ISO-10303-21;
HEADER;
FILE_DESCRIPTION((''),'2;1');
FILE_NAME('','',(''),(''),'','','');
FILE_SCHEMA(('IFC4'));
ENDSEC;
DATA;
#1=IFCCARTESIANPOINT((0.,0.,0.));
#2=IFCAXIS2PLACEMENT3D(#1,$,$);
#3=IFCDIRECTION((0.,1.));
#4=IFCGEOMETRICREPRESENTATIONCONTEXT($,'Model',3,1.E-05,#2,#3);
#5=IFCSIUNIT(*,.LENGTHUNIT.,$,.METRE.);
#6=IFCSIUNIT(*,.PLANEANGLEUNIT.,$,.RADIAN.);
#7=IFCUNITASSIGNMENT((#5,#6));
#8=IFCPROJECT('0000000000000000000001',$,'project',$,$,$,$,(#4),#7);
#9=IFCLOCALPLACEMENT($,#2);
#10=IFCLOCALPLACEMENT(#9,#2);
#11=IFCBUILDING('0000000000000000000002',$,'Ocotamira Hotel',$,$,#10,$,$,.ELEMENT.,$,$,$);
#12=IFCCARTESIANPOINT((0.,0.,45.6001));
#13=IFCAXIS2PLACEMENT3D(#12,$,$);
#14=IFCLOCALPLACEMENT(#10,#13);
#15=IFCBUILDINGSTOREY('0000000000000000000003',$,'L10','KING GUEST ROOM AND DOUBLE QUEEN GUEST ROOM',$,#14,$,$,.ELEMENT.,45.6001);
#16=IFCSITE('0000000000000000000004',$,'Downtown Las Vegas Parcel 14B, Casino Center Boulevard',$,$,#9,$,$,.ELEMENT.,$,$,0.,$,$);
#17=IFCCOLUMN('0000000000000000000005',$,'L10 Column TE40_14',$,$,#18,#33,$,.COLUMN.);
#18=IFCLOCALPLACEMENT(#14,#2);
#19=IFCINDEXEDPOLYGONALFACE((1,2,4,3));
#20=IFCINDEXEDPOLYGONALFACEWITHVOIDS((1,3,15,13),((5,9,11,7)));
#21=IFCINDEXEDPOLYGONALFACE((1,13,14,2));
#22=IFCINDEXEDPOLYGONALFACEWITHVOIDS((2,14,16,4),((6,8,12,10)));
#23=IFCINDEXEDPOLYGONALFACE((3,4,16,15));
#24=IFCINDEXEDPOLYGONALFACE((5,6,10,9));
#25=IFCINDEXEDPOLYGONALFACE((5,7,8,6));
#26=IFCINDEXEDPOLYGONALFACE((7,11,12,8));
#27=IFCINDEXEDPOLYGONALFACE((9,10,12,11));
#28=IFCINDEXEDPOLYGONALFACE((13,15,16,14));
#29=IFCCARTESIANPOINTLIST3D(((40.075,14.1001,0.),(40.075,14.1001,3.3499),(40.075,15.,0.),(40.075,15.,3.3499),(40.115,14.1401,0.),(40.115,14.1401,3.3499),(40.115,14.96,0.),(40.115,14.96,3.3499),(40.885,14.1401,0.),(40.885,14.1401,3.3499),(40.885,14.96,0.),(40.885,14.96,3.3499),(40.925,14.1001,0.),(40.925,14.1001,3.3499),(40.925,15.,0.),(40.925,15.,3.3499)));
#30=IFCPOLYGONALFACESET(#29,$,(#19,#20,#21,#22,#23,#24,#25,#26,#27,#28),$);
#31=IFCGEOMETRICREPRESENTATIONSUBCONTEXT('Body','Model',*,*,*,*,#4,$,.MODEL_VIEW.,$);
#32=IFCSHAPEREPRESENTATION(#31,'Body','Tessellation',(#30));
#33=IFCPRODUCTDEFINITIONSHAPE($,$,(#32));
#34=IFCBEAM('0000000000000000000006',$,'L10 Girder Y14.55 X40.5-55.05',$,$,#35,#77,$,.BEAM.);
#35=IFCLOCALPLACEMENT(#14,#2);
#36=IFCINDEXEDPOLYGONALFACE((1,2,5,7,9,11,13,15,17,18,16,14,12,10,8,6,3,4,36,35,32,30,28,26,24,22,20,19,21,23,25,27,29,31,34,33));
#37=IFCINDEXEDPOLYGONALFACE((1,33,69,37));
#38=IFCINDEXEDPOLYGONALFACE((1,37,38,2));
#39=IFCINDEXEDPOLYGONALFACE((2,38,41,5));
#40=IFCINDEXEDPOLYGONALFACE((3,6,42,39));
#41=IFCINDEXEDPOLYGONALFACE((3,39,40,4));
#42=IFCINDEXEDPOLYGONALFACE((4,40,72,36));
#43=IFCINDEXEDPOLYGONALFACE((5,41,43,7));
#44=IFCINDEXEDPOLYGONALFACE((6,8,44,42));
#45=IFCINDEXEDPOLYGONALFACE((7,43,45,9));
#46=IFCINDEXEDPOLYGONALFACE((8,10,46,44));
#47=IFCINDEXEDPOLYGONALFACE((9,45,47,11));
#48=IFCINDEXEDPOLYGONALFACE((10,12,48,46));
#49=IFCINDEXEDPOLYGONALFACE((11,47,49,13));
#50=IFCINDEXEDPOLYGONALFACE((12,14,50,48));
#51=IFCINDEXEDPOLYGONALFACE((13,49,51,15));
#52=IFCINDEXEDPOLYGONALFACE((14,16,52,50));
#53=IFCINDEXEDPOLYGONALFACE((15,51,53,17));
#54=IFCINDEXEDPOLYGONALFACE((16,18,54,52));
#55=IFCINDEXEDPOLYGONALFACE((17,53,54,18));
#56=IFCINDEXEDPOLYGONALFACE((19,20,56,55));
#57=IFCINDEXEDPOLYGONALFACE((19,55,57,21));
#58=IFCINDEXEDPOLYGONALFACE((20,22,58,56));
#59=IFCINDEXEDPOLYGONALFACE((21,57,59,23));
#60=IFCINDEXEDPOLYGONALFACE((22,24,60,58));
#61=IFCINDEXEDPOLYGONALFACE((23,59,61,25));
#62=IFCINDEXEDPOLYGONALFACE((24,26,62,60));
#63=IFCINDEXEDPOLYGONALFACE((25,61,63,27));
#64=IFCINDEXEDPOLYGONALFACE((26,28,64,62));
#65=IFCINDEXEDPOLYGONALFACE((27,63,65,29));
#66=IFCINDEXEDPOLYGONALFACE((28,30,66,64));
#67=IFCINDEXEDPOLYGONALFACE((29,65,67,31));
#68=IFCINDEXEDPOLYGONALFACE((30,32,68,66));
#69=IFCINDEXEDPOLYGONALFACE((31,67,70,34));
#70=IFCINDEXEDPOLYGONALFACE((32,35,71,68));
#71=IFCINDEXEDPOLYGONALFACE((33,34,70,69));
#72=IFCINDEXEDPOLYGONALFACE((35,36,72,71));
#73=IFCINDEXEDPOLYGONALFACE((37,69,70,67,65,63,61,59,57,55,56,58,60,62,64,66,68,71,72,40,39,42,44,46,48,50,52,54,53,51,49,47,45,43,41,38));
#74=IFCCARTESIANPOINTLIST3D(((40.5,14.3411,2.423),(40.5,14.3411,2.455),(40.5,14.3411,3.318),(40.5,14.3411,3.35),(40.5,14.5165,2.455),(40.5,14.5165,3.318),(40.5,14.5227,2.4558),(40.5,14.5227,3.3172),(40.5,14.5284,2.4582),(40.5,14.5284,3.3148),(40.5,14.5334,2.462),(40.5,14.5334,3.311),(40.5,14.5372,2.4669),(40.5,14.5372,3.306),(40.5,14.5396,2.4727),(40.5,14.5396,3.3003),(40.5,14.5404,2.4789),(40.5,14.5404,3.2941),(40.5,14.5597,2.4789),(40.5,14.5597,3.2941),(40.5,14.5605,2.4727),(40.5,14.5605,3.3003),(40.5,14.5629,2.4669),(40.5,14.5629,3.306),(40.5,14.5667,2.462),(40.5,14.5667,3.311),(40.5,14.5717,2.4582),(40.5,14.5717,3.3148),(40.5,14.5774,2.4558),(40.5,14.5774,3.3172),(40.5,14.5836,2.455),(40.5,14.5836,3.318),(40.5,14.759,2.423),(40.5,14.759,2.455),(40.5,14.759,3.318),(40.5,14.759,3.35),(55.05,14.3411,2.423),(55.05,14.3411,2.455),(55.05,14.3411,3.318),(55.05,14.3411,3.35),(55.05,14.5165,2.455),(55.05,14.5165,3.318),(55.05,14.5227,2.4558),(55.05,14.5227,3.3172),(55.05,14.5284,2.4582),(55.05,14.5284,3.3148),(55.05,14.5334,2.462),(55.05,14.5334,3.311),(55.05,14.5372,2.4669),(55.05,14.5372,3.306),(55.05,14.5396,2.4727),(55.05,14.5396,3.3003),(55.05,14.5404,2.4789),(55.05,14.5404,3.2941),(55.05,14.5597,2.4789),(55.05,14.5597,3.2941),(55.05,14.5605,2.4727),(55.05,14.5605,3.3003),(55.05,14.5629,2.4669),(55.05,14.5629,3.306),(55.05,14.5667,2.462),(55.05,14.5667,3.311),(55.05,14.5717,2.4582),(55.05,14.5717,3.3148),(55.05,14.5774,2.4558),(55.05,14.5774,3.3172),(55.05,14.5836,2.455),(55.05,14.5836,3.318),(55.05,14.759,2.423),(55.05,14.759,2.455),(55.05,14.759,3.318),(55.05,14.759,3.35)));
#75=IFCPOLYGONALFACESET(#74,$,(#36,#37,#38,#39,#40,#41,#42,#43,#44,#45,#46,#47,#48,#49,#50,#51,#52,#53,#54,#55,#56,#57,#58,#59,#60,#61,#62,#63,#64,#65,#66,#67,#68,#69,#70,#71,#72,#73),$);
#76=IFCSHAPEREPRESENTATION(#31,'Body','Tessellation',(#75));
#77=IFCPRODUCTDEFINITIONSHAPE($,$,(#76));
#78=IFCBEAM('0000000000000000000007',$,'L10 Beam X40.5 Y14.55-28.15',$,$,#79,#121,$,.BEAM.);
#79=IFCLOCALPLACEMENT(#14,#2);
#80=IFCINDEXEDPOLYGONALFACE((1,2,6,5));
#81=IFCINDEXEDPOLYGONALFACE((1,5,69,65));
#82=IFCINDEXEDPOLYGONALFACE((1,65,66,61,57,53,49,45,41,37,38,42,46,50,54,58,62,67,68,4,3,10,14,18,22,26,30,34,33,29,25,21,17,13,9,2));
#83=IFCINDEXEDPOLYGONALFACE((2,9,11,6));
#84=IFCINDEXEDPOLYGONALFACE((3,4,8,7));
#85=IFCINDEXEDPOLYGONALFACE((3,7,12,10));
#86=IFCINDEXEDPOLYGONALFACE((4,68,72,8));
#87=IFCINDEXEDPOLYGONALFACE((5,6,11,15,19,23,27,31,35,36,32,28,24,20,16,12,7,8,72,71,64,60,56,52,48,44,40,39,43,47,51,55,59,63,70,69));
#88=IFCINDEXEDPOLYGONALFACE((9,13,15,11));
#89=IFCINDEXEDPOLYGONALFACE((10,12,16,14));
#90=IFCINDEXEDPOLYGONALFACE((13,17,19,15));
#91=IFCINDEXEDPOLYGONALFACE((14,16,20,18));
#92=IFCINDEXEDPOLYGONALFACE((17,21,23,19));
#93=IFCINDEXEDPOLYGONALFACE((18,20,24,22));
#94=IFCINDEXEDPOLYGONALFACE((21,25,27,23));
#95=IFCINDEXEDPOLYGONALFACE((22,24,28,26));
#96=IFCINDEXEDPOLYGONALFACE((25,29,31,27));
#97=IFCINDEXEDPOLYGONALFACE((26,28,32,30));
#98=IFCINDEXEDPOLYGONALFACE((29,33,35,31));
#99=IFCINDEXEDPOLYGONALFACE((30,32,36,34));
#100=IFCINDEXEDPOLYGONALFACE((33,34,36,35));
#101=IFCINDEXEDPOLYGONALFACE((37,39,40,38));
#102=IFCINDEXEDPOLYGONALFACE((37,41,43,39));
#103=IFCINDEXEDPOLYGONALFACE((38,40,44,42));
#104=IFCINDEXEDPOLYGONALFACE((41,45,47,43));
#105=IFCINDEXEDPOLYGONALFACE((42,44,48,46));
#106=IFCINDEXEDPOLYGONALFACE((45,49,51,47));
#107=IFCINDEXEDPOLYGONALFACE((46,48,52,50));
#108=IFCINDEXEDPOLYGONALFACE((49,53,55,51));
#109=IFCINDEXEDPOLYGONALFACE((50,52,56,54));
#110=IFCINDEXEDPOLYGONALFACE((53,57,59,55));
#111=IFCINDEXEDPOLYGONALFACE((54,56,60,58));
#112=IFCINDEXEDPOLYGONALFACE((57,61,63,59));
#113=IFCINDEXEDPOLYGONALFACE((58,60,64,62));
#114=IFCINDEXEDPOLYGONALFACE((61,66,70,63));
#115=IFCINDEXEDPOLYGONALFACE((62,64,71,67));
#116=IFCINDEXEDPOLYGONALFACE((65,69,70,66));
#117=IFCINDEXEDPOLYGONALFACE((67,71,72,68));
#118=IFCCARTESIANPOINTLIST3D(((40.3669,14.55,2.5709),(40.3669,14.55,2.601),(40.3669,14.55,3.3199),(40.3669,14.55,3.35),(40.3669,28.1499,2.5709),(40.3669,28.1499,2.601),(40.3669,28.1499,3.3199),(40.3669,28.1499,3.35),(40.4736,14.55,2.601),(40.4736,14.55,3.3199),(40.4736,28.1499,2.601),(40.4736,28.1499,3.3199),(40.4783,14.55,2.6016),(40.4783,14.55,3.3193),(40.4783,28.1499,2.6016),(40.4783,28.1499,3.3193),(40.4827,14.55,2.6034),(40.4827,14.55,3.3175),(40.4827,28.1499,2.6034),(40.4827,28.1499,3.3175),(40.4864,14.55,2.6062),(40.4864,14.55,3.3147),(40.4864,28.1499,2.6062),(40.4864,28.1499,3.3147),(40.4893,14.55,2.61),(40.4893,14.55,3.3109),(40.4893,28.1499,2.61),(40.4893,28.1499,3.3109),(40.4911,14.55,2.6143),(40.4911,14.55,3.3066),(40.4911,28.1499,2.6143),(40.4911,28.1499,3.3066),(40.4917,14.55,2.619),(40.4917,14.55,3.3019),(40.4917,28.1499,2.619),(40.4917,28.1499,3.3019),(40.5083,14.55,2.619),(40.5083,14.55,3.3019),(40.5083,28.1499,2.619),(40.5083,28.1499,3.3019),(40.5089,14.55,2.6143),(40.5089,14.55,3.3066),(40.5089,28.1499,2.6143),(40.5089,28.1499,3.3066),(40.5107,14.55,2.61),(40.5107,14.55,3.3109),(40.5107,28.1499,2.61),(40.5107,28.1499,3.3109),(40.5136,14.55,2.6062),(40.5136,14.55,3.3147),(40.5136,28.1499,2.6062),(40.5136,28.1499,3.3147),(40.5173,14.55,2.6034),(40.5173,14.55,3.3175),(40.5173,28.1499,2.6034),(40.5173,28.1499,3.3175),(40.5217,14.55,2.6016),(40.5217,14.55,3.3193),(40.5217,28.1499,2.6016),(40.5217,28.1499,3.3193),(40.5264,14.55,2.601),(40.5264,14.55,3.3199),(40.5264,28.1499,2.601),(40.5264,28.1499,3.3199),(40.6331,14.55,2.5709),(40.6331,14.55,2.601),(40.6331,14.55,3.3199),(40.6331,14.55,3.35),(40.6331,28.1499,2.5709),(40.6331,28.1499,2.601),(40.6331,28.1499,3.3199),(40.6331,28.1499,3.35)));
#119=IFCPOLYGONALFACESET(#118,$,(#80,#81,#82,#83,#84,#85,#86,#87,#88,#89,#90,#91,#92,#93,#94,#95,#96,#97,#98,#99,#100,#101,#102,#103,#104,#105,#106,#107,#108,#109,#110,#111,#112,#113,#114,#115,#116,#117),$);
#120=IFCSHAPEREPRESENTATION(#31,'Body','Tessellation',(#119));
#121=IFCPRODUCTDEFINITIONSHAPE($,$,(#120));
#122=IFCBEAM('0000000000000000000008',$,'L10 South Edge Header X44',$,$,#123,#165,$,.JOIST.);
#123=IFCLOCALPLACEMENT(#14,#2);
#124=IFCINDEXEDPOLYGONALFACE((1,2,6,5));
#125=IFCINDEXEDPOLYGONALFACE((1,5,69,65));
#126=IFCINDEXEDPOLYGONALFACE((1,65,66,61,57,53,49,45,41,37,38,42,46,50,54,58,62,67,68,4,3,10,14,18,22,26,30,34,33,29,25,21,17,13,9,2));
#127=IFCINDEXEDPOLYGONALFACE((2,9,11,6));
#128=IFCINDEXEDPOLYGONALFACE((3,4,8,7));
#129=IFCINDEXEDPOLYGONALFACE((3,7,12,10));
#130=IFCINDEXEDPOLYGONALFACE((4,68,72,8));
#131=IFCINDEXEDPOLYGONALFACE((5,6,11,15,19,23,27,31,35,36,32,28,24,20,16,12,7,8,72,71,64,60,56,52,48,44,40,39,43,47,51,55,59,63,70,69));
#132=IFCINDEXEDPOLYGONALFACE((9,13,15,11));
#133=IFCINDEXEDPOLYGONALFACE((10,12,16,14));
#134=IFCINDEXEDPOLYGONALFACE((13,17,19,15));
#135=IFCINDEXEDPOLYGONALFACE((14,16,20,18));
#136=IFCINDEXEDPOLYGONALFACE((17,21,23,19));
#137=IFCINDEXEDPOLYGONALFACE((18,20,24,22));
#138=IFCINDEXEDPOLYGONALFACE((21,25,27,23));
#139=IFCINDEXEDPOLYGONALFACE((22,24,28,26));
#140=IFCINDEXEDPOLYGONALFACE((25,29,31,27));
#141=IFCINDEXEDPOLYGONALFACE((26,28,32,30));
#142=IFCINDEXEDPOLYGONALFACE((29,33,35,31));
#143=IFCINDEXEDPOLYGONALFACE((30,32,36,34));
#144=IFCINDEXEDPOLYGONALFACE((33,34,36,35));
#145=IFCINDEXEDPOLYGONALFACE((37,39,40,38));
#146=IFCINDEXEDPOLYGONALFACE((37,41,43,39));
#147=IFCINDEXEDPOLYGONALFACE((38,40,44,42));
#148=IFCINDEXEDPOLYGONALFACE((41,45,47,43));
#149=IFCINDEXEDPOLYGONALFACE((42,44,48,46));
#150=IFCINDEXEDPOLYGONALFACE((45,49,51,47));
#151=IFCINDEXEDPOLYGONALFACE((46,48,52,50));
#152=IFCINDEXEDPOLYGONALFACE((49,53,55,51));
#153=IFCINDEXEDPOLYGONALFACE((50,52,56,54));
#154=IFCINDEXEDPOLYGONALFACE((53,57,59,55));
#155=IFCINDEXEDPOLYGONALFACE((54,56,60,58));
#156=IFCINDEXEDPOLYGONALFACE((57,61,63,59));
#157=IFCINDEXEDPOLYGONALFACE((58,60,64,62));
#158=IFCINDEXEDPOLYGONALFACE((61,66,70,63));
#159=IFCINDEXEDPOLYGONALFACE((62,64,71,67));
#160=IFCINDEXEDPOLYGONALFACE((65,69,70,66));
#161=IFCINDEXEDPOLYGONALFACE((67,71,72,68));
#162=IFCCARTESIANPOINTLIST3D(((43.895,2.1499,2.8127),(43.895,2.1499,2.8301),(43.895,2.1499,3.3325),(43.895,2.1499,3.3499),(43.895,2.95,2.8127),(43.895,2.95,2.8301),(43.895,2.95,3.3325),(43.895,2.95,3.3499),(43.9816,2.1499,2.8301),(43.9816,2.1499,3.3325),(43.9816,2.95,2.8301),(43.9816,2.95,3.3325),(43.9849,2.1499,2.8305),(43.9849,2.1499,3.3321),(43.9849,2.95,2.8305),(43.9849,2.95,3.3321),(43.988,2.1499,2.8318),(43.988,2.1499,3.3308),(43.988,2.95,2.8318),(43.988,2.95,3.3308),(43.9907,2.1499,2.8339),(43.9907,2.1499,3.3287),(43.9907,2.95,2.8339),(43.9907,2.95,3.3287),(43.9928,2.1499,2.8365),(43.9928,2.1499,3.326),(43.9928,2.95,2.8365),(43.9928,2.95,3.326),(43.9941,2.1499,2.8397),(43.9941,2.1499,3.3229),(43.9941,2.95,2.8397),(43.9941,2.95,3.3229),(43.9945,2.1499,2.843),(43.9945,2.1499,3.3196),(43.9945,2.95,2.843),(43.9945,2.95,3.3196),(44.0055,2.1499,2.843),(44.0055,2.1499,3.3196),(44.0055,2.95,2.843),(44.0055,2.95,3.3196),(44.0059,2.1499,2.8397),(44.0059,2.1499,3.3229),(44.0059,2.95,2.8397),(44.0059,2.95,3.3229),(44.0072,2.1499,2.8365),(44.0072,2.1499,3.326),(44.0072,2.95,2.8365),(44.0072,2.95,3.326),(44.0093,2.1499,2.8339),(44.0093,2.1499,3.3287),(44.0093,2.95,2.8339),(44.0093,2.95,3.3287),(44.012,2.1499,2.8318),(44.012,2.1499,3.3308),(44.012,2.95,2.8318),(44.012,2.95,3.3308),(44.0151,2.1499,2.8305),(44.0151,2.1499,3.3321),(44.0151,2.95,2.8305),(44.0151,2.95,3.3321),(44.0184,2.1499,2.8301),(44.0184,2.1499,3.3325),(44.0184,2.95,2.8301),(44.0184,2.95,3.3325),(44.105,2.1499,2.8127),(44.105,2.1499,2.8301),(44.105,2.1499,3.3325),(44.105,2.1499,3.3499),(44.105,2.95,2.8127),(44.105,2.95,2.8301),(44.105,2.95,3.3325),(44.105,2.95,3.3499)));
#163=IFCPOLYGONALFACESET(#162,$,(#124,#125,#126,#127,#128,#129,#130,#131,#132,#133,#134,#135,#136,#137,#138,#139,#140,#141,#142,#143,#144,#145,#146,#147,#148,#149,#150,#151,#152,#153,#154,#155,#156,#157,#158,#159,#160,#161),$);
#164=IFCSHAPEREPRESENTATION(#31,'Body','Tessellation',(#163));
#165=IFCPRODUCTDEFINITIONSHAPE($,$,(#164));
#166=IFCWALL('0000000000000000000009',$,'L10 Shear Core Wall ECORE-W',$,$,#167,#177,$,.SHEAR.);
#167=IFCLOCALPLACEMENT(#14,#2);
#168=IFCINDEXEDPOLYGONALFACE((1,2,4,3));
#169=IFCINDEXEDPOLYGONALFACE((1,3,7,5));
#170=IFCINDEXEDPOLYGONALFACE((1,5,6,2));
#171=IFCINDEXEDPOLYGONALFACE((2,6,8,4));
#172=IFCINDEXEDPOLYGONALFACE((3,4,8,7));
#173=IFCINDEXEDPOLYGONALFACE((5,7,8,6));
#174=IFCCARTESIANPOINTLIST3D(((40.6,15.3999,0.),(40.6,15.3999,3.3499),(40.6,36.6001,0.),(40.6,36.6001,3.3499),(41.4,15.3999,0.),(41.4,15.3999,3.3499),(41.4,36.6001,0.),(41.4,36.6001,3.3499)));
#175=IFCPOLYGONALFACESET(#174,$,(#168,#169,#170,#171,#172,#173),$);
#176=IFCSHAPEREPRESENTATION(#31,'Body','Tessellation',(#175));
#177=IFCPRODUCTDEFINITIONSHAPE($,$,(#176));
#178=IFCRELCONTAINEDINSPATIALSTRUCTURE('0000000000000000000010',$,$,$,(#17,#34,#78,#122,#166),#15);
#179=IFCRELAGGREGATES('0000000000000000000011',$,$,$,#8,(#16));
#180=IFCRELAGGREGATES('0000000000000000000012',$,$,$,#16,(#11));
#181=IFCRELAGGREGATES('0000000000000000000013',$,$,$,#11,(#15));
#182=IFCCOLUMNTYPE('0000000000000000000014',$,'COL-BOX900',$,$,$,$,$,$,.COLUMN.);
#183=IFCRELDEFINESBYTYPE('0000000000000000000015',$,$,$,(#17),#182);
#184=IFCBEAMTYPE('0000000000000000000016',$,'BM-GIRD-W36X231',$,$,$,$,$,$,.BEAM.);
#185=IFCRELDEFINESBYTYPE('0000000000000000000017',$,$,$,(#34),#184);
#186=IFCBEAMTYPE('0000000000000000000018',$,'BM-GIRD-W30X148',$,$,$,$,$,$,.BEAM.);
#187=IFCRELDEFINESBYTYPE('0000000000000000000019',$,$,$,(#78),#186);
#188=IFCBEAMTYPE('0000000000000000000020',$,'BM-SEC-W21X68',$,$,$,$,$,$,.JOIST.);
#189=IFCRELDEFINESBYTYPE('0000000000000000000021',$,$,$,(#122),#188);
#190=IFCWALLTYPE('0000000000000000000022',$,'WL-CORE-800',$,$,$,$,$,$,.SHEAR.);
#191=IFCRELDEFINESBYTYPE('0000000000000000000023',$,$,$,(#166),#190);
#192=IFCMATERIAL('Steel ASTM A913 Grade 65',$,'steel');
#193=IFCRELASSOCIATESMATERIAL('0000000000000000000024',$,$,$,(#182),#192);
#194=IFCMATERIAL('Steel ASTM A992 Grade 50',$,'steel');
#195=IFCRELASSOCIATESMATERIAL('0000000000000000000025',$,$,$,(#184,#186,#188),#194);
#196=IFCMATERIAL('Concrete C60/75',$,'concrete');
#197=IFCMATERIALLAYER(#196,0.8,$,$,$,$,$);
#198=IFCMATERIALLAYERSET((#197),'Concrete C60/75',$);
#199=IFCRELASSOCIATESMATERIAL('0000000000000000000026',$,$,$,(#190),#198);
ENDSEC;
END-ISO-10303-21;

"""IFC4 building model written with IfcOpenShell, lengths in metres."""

from ifc_helpers import new_model, si_unit, direction, frame, frame_2d, origin, origin_2d, place, context, subcontext, project, spatial, rectangle, hollow_rectangle, i_section, extrude, source, transform, mapped, material, layer, layer_set, material_profile, profile_set, type_object, element, save


model = new_model("IFC4")

# Units and contexts
model_context = context("Model", 3, precision=1e-05, world=origin(), true_north=direction((0.0, 1.0)))
body_context = subcontext(model_context, "Body", "Model", "MODEL_VIEW")
ifc_project = project(units=[si_unit("LENGTHUNIT", "METRE"), si_unit("PLANEANGLEUNIT", "RADIAN")], contexts=[model_context])

# Site, building, storey
site_placement = place(None, origin())
site = spatial("IfcSite", under=ifc_project, at=site_placement, Name="Downtown Las Vegas Parcel 14B, Casino Center Boulevard", CompositionType="ELEMENT", RefElevation=0.0)
building_placement = place(site_placement, origin())
building = spatial("IfcBuilding", under=site, at=building_placement, Name="Ocotamira Hotel", CompositionType="ELEMENT")
storey_placement = place(building_placement, frame((0.0, 0.0, 45.6001)))
storey = spatial("IfcBuildingStorey", under=building, at=storey_placement, Name="L10", Description="KING GUEST ROOM AND DOUBLE QUEEN GUEST ROOM", CompositionType="ELEMENT", Elevation=45.6001)

# Column
ifc_material_1 = material(Name="Steel ASTM A913 Grade 65", Category="steel")
ifc_material_profile_1 = material_profile(ifc_material_1, hollow_rectangle(XDim=0.8501, YDim=0.8999, WallThickness=0.04, at=origin_2d()), Name="BOX900X850X40")
ifc_profile_set_1 = profile_set([ifc_material_profile_1], Name="Steel ASTM A913 Grade 65")
column_type = type_object("IfcColumnType", Name="COL-BOX900", PredefinedType="COLUMN", material=ifc_profile_set_1)
shared_shape_1 = source(origin(), body_context, "Body", "SweptSolid", [
    extrude(hollow_rectangle(XDim=0.8501, YDim=0.8999, WallThickness=0.04, at=origin_2d()), origin(), (0.0, 0.0, 1.0), 3.3499),
])
column_placement = place(storey_placement, frame((40.5, 14.55, 0.0), z_axis=(0.0, 0.0, 1.0), x_axis=(1.0, 0.0, 0.0)))
element("IfcColumn", 1, at=column_placement, inside=storey, type_object=column_type, Name="L10 Column TE40_14", PredefinedType="COLUMN", context=body_context, shape_type="MappedRepresentation", body=[
    mapped(shared_shape_1, transform((0.0, 0.0, 0.0), scale=1.0)),
])

# Beams
ifc_material_2 = material(Name="Steel ASTM A992 Grade 50", Category="steel")
ifc_material_profile_2 = material_profile(ifc_material_2, i_section(OverallWidth=0.418, OverallDepth=0.927, WebThickness=0.0193, FlangeThickness=0.032, FilletRadius=0.0239, at=origin_2d()), Name="W36X231")
ifc_profile_set_2 = profile_set([ifc_material_profile_2], Name="Steel ASTM A992 Grade 50")
beam_type_1 = type_object("IfcBeamType", Name="BM-GIRD-W36X231", PredefinedType="BEAM", material=ifc_profile_set_2)
shared_shape_2 = source(origin(), body_context, "Body", "SweptSolid", [
    extrude(i_section(OverallWidth=0.418, OverallDepth=0.927, WebThickness=0.0193, FlangeThickness=0.032, FilletRadius=0.0239, at=origin_2d()), origin(), (0.0, 0.0, 1.0), 14.55),
])
beam_1_placement = place(storey_placement, frame((40.5, 14.55, 2.8865), z_axis=(1.0, 0.0, 0.0), x_axis=(0.0, 1.0, 0.0)))
element("IfcBeam", 2, at=beam_1_placement, inside=storey, type_object=beam_type_1, Name="L10 Girder Y14.55 X40.5-55.05", PredefinedType="BEAM", context=body_context, shape_type="MappedRepresentation", body=[
    mapped(shared_shape_2, transform((0.0, 0.0, 0.0), scale=1.0)),
])
ifc_material_profile_3 = material_profile(ifc_material_2, i_section(OverallWidth=0.2661, OverallDepth=0.7791, WebThickness=0.0166, FlangeThickness=0.03, FilletRadius=0.0181, at=origin_2d()), Name="W30X148")
ifc_profile_set_3 = profile_set([ifc_material_profile_3], Name="Steel ASTM A992 Grade 50")
beam_type_2 = type_object("IfcBeamType", Name="BM-GIRD-W30X148", PredefinedType="BEAM", material=ifc_profile_set_3)
shared_shape_3 = source(origin(), body_context, "Body", "SweptSolid", [
    extrude(i_section(OverallWidth=0.2661, OverallDepth=0.7791, WebThickness=0.0166, FlangeThickness=0.03, FilletRadius=0.0181, at=origin_2d()), origin(), (0.0, 0.0, 1.0), 13.5999),
])
beam_2_placement = place(storey_placement, frame((40.5, 14.55, 2.9604), z_axis=(0.0, 1.0, 0.0), x_axis=(-1.0, 0.0, 0.0)))
element("IfcBeam", 3, at=beam_2_placement, inside=storey, type_object=beam_type_2, Name="L10 Beam X40.5 Y14.55-28.15", PredefinedType="BEAM", context=body_context, shape_type="MappedRepresentation", body=[
    mapped(shared_shape_3, transform((0.0, 0.0, 0.0), scale=1.0)),
])
ifc_material_profile_4 = material_profile(ifc_material_2, i_section(OverallWidth=0.21, OverallDepth=0.5371, WebThickness=0.011, FlangeThickness=0.0173, FilletRadius=0.0129, at=origin_2d()), Name="W21X68")
ifc_profile_set_4 = profile_set([ifc_material_profile_4], Name="Steel ASTM A992 Grade 50")
beam_type_3 = type_object("IfcBeamType", Name="BM-SEC-W21X68", PredefinedType="JOIST", material=ifc_profile_set_4)
shared_shape_4 = source(origin(), body_context, "Body", "SweptSolid", [
    extrude(i_section(OverallWidth=0.21, OverallDepth=0.5371, WebThickness=0.011, FlangeThickness=0.0173, FilletRadius=0.0129, at=origin_2d()), origin(), (0.0, 0.0, 1.0), 0.8),
])
beam_3_placement = place(storey_placement, frame((44.0, 2.95, 3.0813), z_axis=(0.0, -1.0, 0.0), x_axis=(1.0, 0.0, 0.0)))
element("IfcBeam", 4, at=beam_3_placement, inside=storey, type_object=beam_type_3, Name="L10 South Edge Header X44", PredefinedType="JOIST", context=body_context, shape_type="MappedRepresentation", body=[
    mapped(shared_shape_4, transform((0.0, 0.0, 0.0), scale=1.0)),
])

# Shared definitions
ifc_material_3 = material(Name="Concrete C60/75", Category="concrete")
ifc_layer_1 = layer(ifc_material_3, 0.8)
ifc_layer_set_1 = layer_set([ifc_layer_1], Name="Concrete C60/75")
wall_type_1 = type_object("IfcWallType", Name="WL-CORE-800", PredefinedType="SHEAR", material=ifc_layer_set_1)

# Wall
wall_1_placement = place(storey_placement, frame((41.0, 15.3999, 0.0), z_axis=(0.0, 0.0, 1.0), x_axis=(0.0, 1.0, 0.0)))
element("IfcWall", 5, at=wall_1_placement, inside=storey, type_object=wall_type_1, Name="L10 Shear Core Wall ECORE-W", PredefinedType="SHEAR", context=body_context, shape_type="SweptSolid", body=[
    extrude(rectangle(XDim=21.2002, YDim=0.8, at=frame_2d((10.6001, 0.0))), origin(), (0.0, 0.0, 1.0), 3.3499),
])

save(model, "model.ifc")
